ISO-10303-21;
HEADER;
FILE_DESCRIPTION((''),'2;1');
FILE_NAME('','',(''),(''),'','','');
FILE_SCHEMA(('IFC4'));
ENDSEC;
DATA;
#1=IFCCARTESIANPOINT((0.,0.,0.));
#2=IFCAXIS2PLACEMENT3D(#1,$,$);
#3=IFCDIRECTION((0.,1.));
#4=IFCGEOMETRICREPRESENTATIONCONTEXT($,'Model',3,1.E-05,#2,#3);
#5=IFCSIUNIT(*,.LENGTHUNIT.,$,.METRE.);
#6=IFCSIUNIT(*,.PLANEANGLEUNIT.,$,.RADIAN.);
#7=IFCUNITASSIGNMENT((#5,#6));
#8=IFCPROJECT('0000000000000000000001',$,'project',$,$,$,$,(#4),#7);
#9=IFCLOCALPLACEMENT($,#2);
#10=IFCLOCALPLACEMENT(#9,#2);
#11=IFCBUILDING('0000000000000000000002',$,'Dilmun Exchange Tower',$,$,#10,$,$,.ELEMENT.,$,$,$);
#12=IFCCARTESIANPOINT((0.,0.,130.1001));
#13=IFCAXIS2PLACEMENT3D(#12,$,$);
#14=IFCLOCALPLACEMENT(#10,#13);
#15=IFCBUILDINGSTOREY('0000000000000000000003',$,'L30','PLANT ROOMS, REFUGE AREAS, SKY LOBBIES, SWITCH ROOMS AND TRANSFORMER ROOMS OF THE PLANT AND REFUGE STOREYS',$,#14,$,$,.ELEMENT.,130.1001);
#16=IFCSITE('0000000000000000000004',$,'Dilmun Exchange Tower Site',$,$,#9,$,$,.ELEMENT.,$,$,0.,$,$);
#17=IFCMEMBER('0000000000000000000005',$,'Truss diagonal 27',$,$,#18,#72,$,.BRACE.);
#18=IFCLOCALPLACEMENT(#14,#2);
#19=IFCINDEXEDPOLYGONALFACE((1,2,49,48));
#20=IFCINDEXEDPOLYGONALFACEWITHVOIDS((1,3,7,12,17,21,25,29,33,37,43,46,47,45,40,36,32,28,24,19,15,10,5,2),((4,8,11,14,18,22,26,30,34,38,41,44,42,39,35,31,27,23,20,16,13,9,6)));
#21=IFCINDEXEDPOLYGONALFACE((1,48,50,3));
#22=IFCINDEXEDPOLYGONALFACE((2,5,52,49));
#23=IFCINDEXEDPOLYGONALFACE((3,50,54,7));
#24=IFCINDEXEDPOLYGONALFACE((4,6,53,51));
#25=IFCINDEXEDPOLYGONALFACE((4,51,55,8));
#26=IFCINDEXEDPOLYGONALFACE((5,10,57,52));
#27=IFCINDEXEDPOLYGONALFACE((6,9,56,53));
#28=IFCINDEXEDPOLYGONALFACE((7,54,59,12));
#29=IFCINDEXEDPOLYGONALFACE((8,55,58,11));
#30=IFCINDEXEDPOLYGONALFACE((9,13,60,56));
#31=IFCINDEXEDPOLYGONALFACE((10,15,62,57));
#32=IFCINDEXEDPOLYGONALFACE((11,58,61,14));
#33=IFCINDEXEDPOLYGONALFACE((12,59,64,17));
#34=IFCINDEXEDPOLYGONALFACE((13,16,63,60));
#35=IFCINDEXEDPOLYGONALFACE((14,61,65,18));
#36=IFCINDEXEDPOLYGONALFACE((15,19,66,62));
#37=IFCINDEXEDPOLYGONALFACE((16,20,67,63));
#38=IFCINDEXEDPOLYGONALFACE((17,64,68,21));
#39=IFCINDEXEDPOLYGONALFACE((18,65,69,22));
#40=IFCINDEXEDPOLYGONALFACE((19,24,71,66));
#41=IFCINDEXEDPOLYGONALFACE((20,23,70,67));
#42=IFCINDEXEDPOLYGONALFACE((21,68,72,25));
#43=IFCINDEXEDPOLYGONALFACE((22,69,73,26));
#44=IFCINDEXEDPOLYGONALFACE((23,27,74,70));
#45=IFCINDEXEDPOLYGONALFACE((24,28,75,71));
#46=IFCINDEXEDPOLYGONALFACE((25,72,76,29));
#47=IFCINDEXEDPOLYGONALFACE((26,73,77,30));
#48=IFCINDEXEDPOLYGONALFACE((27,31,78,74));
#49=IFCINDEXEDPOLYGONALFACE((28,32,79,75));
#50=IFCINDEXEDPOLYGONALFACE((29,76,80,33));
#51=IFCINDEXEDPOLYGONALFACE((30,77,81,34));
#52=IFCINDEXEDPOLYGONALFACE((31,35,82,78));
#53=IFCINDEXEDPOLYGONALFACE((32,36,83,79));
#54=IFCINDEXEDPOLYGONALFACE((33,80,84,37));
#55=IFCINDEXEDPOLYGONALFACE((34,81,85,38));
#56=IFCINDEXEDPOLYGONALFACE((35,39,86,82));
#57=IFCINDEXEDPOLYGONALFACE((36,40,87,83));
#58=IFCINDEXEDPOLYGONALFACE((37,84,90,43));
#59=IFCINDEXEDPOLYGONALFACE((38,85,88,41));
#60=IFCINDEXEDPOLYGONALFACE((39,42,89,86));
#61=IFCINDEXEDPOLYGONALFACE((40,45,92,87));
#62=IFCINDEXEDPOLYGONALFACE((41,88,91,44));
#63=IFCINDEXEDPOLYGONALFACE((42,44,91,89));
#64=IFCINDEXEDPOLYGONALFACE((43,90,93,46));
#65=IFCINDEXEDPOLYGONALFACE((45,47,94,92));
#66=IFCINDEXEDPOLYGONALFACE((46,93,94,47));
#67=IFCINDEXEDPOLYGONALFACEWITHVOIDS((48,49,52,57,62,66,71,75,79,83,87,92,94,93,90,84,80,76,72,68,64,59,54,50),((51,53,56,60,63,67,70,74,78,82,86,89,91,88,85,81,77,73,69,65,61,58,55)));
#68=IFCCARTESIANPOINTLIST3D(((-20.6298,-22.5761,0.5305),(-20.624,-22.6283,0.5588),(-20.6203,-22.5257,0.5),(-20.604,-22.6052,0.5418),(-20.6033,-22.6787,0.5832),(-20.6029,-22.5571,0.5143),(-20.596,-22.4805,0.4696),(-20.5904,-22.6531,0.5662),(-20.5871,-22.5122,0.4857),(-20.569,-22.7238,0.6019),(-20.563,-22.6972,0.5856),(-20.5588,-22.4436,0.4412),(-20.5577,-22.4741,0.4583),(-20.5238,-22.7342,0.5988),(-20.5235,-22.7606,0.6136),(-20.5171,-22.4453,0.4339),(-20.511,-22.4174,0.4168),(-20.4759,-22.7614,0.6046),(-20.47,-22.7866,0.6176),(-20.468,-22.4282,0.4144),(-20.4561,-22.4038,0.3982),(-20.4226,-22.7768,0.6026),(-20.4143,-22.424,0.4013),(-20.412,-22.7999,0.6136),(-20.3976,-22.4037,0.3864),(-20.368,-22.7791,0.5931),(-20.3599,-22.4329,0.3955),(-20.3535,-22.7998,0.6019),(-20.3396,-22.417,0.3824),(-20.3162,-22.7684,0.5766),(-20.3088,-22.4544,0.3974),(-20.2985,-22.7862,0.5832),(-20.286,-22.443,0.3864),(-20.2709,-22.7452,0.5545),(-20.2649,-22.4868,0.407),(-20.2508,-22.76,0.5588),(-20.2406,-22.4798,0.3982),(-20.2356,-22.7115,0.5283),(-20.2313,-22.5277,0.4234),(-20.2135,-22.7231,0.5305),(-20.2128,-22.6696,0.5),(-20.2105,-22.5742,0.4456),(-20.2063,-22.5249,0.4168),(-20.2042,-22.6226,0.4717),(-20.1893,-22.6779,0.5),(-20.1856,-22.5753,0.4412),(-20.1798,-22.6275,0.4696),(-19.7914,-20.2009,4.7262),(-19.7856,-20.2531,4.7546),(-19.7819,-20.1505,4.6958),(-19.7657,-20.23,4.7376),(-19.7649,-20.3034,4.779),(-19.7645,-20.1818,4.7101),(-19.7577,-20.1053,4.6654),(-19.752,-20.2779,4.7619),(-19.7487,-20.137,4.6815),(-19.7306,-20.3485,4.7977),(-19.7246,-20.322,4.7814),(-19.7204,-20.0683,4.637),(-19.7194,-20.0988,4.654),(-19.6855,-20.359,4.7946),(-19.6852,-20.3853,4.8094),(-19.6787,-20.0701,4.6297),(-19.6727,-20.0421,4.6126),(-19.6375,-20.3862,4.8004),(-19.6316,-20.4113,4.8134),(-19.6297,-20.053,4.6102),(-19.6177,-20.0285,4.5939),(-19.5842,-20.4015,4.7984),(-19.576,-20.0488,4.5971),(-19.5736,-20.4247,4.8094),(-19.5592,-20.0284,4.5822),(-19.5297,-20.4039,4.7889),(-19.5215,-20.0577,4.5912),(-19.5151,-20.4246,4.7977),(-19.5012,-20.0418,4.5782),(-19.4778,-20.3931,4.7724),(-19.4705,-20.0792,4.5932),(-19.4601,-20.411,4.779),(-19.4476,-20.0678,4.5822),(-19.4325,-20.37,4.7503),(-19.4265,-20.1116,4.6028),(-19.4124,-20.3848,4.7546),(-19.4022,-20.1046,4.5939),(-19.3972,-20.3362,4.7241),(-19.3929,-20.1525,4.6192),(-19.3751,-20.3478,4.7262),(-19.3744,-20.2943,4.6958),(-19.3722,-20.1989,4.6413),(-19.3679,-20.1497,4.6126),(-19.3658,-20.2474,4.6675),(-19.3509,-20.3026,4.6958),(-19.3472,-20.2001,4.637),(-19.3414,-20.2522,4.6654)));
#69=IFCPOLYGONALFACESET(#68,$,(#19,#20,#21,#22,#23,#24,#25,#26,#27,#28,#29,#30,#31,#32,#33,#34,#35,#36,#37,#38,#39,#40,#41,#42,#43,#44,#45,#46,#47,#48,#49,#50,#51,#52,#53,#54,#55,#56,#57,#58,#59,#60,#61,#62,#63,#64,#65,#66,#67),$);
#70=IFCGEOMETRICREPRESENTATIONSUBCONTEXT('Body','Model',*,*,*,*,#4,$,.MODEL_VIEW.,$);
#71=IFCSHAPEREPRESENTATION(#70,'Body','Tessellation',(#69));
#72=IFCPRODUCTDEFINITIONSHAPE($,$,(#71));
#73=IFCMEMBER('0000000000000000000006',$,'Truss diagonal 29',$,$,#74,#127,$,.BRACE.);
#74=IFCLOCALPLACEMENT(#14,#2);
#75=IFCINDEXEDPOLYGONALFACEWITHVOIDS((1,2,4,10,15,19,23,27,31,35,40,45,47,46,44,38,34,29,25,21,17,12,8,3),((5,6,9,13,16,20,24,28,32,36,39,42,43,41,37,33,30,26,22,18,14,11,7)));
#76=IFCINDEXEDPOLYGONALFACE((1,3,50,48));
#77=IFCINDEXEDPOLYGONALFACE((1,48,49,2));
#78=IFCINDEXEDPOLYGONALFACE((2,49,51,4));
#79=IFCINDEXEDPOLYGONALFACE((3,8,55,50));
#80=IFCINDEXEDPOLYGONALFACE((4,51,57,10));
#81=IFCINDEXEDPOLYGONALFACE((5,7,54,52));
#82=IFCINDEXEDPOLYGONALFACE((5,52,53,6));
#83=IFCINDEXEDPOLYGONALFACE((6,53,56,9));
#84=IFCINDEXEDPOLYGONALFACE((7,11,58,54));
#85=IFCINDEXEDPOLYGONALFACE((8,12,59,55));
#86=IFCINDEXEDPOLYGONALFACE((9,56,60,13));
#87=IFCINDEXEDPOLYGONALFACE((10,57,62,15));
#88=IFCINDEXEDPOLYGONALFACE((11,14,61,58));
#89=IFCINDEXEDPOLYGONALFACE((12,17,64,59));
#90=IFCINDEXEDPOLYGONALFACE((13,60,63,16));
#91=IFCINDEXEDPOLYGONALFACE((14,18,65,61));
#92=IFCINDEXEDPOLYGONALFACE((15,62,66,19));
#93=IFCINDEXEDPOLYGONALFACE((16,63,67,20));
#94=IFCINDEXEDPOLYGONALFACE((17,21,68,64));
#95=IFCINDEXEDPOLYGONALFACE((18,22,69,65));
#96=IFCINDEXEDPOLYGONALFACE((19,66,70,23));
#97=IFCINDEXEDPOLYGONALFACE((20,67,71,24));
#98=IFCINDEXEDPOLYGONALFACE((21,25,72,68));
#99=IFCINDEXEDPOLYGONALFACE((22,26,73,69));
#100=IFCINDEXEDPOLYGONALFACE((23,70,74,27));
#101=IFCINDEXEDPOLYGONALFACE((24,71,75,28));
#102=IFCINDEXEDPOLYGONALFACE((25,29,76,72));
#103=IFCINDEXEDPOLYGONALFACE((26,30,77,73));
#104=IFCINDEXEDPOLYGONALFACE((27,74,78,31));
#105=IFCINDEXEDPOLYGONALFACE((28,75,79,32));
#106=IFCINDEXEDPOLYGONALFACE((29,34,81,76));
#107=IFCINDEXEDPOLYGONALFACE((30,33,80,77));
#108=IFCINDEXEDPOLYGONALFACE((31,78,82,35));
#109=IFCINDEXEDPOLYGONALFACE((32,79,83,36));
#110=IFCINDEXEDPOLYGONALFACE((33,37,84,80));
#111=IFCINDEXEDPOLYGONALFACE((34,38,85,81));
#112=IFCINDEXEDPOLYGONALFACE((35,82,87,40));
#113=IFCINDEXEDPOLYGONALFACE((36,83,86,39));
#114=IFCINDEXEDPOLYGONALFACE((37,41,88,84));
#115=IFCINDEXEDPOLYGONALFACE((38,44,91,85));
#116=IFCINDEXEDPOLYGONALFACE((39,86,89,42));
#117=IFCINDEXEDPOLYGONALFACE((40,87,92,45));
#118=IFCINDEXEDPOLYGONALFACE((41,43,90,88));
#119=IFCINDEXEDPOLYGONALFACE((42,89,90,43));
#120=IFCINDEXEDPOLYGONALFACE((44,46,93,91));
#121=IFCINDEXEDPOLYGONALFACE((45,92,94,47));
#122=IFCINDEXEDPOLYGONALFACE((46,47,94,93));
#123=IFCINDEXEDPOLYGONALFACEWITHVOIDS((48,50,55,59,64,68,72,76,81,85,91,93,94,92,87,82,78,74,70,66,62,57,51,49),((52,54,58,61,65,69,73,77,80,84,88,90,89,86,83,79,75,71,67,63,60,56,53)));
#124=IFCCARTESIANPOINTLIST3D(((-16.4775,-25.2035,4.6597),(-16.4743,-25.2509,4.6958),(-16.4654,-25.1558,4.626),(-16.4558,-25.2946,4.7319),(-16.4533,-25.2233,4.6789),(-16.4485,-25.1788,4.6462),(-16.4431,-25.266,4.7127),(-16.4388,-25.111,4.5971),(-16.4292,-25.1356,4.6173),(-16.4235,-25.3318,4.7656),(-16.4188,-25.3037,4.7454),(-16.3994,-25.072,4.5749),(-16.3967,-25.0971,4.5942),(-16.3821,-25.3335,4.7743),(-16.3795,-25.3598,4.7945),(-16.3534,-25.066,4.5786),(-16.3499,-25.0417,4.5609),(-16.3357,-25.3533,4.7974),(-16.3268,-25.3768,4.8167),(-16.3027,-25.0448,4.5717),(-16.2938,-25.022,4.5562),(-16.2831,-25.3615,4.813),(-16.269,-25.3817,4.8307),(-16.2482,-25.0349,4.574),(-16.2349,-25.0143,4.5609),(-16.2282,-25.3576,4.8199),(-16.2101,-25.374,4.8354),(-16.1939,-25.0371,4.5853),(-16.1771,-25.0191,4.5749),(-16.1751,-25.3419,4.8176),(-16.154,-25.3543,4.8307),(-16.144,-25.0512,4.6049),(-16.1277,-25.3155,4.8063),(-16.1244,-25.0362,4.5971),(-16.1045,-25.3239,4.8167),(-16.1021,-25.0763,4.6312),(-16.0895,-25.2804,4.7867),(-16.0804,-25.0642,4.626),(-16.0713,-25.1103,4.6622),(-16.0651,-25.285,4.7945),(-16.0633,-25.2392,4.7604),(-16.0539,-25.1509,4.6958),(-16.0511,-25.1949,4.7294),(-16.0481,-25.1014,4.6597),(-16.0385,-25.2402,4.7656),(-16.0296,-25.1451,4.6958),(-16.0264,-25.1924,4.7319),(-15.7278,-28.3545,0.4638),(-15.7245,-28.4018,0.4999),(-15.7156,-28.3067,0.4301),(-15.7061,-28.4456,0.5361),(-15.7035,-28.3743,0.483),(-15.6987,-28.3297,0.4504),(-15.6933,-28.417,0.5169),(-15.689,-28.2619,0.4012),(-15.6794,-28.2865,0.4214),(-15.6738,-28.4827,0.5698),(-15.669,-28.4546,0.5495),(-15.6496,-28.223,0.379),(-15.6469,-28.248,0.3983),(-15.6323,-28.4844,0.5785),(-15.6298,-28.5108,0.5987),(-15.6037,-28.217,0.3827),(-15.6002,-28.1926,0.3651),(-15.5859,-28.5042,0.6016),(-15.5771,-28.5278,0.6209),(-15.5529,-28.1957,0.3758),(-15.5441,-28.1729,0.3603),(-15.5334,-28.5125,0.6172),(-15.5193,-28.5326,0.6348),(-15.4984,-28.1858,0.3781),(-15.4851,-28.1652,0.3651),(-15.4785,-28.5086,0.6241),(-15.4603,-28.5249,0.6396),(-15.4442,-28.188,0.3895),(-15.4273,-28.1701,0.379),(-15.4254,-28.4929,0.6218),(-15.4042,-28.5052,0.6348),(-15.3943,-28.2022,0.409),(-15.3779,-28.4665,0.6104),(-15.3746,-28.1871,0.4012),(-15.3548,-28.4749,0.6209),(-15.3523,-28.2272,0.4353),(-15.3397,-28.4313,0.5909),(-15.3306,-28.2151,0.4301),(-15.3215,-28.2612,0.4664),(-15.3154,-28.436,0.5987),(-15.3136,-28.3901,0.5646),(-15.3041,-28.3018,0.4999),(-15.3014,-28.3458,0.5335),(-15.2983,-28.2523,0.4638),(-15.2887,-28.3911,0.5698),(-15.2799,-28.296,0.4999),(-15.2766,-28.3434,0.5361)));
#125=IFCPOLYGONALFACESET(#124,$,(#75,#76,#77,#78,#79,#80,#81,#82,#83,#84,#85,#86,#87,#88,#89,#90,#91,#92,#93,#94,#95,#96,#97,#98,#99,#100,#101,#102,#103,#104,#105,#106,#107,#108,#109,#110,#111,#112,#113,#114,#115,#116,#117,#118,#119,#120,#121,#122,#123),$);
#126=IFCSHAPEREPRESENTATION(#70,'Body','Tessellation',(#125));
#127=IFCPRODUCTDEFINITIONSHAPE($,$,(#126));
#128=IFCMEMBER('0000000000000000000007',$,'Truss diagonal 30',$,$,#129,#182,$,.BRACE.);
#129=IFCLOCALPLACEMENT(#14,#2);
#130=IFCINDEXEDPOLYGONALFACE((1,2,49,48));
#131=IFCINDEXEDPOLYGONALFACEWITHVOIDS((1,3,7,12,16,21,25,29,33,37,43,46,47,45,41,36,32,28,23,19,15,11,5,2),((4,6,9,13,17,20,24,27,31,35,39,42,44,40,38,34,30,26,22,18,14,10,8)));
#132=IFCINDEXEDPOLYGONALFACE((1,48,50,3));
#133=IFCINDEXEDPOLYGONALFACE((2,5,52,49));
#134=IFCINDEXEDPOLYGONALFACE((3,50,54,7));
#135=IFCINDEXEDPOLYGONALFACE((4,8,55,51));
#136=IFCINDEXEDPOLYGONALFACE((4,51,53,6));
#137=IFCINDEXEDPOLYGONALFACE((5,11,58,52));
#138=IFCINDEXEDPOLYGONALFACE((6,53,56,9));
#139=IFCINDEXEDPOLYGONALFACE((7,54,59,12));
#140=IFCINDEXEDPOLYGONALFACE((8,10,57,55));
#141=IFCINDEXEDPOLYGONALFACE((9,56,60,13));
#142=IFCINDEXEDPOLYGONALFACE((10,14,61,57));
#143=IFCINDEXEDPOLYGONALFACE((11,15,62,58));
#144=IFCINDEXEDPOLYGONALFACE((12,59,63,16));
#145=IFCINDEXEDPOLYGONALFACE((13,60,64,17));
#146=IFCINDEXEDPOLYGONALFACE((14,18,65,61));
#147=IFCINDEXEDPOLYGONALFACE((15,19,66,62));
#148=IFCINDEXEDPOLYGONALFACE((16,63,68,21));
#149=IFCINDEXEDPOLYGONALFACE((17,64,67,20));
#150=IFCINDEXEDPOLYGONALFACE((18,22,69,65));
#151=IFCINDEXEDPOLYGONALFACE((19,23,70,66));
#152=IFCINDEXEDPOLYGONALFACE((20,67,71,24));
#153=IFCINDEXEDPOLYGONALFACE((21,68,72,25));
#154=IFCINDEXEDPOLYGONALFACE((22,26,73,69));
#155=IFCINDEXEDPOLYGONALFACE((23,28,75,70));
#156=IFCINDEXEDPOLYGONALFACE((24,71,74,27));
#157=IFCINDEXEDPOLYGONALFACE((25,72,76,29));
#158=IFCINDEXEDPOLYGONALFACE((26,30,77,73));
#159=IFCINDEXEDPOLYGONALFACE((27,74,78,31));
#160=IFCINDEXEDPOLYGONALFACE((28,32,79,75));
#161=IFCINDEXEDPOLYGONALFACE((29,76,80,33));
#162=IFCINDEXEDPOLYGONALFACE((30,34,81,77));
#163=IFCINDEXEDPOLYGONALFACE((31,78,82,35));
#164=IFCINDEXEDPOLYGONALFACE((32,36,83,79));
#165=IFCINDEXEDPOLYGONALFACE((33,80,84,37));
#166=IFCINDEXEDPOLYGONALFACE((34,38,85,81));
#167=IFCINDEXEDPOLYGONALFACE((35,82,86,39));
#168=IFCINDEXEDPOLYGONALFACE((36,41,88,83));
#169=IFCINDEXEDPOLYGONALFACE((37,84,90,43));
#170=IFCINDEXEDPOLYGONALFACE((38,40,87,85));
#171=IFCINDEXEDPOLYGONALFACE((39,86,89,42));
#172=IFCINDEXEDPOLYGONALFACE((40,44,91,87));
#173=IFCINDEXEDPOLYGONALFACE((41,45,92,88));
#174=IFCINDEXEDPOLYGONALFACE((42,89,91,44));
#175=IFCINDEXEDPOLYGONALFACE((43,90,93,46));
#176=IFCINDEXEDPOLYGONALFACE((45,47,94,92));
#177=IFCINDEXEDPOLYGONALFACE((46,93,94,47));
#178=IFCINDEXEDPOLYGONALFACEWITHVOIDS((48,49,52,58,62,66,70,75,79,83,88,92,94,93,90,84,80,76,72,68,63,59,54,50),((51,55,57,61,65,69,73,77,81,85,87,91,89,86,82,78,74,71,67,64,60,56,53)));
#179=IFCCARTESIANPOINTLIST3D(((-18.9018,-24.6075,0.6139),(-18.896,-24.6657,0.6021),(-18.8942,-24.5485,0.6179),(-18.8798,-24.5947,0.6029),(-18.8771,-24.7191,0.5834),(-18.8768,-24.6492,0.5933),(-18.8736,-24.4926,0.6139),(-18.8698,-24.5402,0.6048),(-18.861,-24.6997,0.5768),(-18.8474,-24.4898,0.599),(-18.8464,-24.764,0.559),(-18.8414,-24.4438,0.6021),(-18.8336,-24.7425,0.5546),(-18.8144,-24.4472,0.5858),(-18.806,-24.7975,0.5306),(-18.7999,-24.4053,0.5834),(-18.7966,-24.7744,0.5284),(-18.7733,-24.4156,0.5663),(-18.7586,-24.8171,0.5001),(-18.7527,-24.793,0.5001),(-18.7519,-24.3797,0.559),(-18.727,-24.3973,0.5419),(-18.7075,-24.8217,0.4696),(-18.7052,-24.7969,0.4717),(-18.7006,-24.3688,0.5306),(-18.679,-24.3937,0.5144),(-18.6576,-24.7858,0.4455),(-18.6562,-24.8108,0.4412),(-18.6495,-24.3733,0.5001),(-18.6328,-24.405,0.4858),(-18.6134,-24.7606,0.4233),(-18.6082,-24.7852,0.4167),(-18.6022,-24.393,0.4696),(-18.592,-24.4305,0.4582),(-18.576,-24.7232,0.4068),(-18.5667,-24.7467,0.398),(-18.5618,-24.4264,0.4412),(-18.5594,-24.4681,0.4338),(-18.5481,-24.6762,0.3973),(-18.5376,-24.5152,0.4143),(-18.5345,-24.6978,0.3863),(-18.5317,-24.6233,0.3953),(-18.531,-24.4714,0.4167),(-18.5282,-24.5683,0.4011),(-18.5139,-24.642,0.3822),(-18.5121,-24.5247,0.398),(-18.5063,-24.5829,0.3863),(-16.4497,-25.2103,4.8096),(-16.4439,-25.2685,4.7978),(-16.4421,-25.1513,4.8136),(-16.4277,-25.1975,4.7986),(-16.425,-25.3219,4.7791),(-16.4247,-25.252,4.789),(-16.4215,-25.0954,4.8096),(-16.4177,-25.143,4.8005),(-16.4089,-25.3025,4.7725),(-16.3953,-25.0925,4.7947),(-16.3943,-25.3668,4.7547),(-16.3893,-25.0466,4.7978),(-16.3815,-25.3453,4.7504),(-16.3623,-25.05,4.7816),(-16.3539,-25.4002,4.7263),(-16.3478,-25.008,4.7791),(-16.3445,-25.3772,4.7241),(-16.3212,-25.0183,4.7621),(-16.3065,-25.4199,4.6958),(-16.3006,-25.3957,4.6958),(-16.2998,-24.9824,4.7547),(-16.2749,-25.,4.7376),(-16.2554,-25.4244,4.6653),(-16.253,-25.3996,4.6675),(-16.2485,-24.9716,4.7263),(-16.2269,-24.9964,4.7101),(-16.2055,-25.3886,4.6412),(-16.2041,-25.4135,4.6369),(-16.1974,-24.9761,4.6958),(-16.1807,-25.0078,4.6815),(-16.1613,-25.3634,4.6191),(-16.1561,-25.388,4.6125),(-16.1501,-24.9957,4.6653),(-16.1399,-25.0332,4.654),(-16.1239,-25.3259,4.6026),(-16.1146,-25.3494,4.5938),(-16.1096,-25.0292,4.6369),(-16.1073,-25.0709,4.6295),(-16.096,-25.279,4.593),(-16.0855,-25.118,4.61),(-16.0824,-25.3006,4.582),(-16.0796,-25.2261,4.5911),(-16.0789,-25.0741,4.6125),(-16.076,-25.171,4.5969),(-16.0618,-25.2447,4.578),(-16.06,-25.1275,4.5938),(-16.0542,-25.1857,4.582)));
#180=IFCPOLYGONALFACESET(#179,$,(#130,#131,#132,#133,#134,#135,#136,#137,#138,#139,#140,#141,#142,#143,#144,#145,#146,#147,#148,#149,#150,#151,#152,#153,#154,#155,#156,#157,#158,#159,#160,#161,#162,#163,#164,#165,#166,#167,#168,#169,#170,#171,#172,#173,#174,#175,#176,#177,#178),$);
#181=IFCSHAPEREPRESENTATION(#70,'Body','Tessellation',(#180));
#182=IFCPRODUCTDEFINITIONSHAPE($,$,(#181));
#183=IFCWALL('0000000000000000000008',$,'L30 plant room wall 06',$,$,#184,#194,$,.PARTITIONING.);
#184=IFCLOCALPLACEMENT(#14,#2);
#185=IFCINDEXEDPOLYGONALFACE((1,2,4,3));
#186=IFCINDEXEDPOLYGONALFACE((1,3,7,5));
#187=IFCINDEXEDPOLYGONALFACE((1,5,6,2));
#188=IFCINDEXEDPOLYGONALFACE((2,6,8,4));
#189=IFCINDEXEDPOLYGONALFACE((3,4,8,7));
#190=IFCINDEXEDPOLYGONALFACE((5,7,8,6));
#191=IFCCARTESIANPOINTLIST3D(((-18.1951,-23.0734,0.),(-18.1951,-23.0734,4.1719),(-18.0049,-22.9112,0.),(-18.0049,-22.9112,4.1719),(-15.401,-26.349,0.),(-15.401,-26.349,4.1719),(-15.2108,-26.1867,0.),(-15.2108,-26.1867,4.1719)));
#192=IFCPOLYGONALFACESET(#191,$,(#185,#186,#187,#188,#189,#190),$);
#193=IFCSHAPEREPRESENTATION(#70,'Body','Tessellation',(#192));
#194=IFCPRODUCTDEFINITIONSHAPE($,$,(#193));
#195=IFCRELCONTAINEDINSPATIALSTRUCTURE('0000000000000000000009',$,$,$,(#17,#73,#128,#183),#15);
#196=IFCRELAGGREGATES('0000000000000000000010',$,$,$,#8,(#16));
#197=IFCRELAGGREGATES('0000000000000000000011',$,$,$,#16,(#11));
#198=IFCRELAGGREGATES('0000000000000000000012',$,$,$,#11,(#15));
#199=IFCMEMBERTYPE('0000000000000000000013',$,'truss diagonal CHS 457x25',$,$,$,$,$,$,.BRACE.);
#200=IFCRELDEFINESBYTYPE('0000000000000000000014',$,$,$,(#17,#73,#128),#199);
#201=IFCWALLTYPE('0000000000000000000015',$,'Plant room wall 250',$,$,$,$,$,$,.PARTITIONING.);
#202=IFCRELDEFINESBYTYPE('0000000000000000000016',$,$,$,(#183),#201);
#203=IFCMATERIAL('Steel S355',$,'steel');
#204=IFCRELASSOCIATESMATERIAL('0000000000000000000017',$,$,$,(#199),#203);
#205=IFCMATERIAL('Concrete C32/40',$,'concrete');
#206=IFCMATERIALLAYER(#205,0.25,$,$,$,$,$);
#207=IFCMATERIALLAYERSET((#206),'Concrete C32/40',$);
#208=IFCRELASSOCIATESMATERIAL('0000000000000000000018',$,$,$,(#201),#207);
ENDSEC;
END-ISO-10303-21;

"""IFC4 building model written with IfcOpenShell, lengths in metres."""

from ifc_helpers import new_model, si_unit, direction, frame, frame_2d, origin, origin_2d, place, context, subcontext, project, spatial, rectangle, hollow_circle, extrude, material, layer, layer_set, material_profile, profile_set, type_object, element, save


model = new_model("IFC4")

# Units and contexts
model_context = context("Model", 3, precision=1e-05, world=origin(), true_north=direction((0.0, 1.0)))
body_context = subcontext(model_context, "Body", "Model", "MODEL_VIEW")
ifc_project = project(units=[si_unit("LENGTHUNIT", "METRE"), si_unit("PLANEANGLEUNIT", "RADIAN")], contexts=[model_context])

# Site, building, storey
site_placement = place(None, origin())
site = spatial("IfcSite", under=ifc_project, at=site_placement, Name="Dilmun Exchange Tower Site", CompositionType="ELEMENT", RefElevation=0.0)
building_placement = place(site_placement, origin())
building = spatial("IfcBuilding", under=site, at=building_placement, Name="Dilmun Exchange Tower", CompositionType="ELEMENT")
storey_placement = place(building_placement, frame((0.0, 0.0, 130.1001)))
storey = spatial("IfcBuildingStorey", under=building, at=storey_placement, Name="L30", Description="PLANT ROOMS, REFUGE AREAS, SKY LOBBIES, SWITCH ROOMS AND TRANSFORMER ROOMS OF THE PLANT AND REFUGE STOREYS", CompositionType="ELEMENT", Elevation=130.1001)

# Shared definitions
ifc_material_1 = material(Name="Steel S355", Category="steel")

# Members
ifc_material_profile_1 = material_profile(ifc_material_1, hollow_circle(Radius=0.2285, WallThickness=0.0249, at=origin_2d()), Name="CHS 457x25")
ifc_profile_set_1 = profile_set([ifc_material_profile_1], Name="Steel S355")
member_type = type_object("IfcMemberType", Name="truss diagonal CHS 457x25", PredefinedType="BRACE", material=ifc_profile_set_1)
member_1_placement = place(storey_placement, frame((-19.5664, -20.2266, 4.6958), z_axis=(-0.171314, -0.485357, -0.857368), x_axis=(0.942983, -0.33284, 0.0)))
element("IfcMember", 1, at=member_1_placement, inside=storey, type_object=member_type, Name="Truss diagonal 27", PredefinedType="BRACE", context=body_context, shape_type="SweptSolid", body=[
    extrude(hollow_circle(Radius=0.2285, WallThickness=0.0249, at=origin_2d()), origin(), (0.0, 0.0, 1.0), 4.8938),
])
member_2_placement = place(storey_placement, frame((-16.252, -25.198, 4.6958), z_axis=(0.141451, -0.594453, -0.791591), x_axis=(0.972838, 0.231488, 0.0)))
element("IfcMember", 2, at=member_2_placement, inside=storey, type_object=member_type, Name="Truss diagonal 29", PredefinedType="BRACE", context=body_context, shape_type="SweptSolid", body=[
    extrude(hollow_circle(Radius=0.2285, WallThickness=0.0249, at=origin_2d()), origin(), (0.0, 0.0, 1.0), 5.3005),
])
member_3_placement = place(storey_placement, frame((-16.252, -25.198, 4.6958), z_axis=(-0.50074, 0.123091, -0.856801), x_axis=(-0.238712, -0.97109, 0.0)))
element("IfcMember", 3, at=member_3_placement, inside=storey, type_object=member_type, Name="Truss diagonal 30", PredefinedType="BRACE", context=body_context, shape_type="SweptSolid", body=[
    extrude(hollow_circle(Radius=0.2285, WallThickness=0.0249, at=origin_2d()), origin(), (0.0, 0.0, 1.0), 4.897),
])

# Wall
ifc_material_2 = material(Name="Concrete C32/40", Category="concrete")
ifc_layer_1 = layer(ifc_material_2, 0.25)
ifc_layer_set_1 = layer_set([ifc_layer_1], Name="Concrete C32/40")
wall_type = type_object("IfcWallType", Name="Plant room wall 250", PredefinedType="PARTITIONING", material=ifc_layer_set_1)
wall_1_placement = place(storey_placement, frame((-18.1001, -22.9922, 0.0), z_axis=(0.0, 0.0, 1.0), x_axis=(0.648982, -0.760803, 0.0)))
element("IfcWall", 4, at=wall_1_placement, inside=storey, type_object=wall_type, Name="L30 plant room wall 06", PredefinedType="PARTITIONING", context=body_context, shape_type="SweptSolid", body=[
    extrude(rectangle(XDim=4.3054, YDim=0.25, at=frame_2d((2.1528, 0.0))), origin(), (0.0, 0.0, 1.0), 4.1719),
])

save(model, "model.ifc")
